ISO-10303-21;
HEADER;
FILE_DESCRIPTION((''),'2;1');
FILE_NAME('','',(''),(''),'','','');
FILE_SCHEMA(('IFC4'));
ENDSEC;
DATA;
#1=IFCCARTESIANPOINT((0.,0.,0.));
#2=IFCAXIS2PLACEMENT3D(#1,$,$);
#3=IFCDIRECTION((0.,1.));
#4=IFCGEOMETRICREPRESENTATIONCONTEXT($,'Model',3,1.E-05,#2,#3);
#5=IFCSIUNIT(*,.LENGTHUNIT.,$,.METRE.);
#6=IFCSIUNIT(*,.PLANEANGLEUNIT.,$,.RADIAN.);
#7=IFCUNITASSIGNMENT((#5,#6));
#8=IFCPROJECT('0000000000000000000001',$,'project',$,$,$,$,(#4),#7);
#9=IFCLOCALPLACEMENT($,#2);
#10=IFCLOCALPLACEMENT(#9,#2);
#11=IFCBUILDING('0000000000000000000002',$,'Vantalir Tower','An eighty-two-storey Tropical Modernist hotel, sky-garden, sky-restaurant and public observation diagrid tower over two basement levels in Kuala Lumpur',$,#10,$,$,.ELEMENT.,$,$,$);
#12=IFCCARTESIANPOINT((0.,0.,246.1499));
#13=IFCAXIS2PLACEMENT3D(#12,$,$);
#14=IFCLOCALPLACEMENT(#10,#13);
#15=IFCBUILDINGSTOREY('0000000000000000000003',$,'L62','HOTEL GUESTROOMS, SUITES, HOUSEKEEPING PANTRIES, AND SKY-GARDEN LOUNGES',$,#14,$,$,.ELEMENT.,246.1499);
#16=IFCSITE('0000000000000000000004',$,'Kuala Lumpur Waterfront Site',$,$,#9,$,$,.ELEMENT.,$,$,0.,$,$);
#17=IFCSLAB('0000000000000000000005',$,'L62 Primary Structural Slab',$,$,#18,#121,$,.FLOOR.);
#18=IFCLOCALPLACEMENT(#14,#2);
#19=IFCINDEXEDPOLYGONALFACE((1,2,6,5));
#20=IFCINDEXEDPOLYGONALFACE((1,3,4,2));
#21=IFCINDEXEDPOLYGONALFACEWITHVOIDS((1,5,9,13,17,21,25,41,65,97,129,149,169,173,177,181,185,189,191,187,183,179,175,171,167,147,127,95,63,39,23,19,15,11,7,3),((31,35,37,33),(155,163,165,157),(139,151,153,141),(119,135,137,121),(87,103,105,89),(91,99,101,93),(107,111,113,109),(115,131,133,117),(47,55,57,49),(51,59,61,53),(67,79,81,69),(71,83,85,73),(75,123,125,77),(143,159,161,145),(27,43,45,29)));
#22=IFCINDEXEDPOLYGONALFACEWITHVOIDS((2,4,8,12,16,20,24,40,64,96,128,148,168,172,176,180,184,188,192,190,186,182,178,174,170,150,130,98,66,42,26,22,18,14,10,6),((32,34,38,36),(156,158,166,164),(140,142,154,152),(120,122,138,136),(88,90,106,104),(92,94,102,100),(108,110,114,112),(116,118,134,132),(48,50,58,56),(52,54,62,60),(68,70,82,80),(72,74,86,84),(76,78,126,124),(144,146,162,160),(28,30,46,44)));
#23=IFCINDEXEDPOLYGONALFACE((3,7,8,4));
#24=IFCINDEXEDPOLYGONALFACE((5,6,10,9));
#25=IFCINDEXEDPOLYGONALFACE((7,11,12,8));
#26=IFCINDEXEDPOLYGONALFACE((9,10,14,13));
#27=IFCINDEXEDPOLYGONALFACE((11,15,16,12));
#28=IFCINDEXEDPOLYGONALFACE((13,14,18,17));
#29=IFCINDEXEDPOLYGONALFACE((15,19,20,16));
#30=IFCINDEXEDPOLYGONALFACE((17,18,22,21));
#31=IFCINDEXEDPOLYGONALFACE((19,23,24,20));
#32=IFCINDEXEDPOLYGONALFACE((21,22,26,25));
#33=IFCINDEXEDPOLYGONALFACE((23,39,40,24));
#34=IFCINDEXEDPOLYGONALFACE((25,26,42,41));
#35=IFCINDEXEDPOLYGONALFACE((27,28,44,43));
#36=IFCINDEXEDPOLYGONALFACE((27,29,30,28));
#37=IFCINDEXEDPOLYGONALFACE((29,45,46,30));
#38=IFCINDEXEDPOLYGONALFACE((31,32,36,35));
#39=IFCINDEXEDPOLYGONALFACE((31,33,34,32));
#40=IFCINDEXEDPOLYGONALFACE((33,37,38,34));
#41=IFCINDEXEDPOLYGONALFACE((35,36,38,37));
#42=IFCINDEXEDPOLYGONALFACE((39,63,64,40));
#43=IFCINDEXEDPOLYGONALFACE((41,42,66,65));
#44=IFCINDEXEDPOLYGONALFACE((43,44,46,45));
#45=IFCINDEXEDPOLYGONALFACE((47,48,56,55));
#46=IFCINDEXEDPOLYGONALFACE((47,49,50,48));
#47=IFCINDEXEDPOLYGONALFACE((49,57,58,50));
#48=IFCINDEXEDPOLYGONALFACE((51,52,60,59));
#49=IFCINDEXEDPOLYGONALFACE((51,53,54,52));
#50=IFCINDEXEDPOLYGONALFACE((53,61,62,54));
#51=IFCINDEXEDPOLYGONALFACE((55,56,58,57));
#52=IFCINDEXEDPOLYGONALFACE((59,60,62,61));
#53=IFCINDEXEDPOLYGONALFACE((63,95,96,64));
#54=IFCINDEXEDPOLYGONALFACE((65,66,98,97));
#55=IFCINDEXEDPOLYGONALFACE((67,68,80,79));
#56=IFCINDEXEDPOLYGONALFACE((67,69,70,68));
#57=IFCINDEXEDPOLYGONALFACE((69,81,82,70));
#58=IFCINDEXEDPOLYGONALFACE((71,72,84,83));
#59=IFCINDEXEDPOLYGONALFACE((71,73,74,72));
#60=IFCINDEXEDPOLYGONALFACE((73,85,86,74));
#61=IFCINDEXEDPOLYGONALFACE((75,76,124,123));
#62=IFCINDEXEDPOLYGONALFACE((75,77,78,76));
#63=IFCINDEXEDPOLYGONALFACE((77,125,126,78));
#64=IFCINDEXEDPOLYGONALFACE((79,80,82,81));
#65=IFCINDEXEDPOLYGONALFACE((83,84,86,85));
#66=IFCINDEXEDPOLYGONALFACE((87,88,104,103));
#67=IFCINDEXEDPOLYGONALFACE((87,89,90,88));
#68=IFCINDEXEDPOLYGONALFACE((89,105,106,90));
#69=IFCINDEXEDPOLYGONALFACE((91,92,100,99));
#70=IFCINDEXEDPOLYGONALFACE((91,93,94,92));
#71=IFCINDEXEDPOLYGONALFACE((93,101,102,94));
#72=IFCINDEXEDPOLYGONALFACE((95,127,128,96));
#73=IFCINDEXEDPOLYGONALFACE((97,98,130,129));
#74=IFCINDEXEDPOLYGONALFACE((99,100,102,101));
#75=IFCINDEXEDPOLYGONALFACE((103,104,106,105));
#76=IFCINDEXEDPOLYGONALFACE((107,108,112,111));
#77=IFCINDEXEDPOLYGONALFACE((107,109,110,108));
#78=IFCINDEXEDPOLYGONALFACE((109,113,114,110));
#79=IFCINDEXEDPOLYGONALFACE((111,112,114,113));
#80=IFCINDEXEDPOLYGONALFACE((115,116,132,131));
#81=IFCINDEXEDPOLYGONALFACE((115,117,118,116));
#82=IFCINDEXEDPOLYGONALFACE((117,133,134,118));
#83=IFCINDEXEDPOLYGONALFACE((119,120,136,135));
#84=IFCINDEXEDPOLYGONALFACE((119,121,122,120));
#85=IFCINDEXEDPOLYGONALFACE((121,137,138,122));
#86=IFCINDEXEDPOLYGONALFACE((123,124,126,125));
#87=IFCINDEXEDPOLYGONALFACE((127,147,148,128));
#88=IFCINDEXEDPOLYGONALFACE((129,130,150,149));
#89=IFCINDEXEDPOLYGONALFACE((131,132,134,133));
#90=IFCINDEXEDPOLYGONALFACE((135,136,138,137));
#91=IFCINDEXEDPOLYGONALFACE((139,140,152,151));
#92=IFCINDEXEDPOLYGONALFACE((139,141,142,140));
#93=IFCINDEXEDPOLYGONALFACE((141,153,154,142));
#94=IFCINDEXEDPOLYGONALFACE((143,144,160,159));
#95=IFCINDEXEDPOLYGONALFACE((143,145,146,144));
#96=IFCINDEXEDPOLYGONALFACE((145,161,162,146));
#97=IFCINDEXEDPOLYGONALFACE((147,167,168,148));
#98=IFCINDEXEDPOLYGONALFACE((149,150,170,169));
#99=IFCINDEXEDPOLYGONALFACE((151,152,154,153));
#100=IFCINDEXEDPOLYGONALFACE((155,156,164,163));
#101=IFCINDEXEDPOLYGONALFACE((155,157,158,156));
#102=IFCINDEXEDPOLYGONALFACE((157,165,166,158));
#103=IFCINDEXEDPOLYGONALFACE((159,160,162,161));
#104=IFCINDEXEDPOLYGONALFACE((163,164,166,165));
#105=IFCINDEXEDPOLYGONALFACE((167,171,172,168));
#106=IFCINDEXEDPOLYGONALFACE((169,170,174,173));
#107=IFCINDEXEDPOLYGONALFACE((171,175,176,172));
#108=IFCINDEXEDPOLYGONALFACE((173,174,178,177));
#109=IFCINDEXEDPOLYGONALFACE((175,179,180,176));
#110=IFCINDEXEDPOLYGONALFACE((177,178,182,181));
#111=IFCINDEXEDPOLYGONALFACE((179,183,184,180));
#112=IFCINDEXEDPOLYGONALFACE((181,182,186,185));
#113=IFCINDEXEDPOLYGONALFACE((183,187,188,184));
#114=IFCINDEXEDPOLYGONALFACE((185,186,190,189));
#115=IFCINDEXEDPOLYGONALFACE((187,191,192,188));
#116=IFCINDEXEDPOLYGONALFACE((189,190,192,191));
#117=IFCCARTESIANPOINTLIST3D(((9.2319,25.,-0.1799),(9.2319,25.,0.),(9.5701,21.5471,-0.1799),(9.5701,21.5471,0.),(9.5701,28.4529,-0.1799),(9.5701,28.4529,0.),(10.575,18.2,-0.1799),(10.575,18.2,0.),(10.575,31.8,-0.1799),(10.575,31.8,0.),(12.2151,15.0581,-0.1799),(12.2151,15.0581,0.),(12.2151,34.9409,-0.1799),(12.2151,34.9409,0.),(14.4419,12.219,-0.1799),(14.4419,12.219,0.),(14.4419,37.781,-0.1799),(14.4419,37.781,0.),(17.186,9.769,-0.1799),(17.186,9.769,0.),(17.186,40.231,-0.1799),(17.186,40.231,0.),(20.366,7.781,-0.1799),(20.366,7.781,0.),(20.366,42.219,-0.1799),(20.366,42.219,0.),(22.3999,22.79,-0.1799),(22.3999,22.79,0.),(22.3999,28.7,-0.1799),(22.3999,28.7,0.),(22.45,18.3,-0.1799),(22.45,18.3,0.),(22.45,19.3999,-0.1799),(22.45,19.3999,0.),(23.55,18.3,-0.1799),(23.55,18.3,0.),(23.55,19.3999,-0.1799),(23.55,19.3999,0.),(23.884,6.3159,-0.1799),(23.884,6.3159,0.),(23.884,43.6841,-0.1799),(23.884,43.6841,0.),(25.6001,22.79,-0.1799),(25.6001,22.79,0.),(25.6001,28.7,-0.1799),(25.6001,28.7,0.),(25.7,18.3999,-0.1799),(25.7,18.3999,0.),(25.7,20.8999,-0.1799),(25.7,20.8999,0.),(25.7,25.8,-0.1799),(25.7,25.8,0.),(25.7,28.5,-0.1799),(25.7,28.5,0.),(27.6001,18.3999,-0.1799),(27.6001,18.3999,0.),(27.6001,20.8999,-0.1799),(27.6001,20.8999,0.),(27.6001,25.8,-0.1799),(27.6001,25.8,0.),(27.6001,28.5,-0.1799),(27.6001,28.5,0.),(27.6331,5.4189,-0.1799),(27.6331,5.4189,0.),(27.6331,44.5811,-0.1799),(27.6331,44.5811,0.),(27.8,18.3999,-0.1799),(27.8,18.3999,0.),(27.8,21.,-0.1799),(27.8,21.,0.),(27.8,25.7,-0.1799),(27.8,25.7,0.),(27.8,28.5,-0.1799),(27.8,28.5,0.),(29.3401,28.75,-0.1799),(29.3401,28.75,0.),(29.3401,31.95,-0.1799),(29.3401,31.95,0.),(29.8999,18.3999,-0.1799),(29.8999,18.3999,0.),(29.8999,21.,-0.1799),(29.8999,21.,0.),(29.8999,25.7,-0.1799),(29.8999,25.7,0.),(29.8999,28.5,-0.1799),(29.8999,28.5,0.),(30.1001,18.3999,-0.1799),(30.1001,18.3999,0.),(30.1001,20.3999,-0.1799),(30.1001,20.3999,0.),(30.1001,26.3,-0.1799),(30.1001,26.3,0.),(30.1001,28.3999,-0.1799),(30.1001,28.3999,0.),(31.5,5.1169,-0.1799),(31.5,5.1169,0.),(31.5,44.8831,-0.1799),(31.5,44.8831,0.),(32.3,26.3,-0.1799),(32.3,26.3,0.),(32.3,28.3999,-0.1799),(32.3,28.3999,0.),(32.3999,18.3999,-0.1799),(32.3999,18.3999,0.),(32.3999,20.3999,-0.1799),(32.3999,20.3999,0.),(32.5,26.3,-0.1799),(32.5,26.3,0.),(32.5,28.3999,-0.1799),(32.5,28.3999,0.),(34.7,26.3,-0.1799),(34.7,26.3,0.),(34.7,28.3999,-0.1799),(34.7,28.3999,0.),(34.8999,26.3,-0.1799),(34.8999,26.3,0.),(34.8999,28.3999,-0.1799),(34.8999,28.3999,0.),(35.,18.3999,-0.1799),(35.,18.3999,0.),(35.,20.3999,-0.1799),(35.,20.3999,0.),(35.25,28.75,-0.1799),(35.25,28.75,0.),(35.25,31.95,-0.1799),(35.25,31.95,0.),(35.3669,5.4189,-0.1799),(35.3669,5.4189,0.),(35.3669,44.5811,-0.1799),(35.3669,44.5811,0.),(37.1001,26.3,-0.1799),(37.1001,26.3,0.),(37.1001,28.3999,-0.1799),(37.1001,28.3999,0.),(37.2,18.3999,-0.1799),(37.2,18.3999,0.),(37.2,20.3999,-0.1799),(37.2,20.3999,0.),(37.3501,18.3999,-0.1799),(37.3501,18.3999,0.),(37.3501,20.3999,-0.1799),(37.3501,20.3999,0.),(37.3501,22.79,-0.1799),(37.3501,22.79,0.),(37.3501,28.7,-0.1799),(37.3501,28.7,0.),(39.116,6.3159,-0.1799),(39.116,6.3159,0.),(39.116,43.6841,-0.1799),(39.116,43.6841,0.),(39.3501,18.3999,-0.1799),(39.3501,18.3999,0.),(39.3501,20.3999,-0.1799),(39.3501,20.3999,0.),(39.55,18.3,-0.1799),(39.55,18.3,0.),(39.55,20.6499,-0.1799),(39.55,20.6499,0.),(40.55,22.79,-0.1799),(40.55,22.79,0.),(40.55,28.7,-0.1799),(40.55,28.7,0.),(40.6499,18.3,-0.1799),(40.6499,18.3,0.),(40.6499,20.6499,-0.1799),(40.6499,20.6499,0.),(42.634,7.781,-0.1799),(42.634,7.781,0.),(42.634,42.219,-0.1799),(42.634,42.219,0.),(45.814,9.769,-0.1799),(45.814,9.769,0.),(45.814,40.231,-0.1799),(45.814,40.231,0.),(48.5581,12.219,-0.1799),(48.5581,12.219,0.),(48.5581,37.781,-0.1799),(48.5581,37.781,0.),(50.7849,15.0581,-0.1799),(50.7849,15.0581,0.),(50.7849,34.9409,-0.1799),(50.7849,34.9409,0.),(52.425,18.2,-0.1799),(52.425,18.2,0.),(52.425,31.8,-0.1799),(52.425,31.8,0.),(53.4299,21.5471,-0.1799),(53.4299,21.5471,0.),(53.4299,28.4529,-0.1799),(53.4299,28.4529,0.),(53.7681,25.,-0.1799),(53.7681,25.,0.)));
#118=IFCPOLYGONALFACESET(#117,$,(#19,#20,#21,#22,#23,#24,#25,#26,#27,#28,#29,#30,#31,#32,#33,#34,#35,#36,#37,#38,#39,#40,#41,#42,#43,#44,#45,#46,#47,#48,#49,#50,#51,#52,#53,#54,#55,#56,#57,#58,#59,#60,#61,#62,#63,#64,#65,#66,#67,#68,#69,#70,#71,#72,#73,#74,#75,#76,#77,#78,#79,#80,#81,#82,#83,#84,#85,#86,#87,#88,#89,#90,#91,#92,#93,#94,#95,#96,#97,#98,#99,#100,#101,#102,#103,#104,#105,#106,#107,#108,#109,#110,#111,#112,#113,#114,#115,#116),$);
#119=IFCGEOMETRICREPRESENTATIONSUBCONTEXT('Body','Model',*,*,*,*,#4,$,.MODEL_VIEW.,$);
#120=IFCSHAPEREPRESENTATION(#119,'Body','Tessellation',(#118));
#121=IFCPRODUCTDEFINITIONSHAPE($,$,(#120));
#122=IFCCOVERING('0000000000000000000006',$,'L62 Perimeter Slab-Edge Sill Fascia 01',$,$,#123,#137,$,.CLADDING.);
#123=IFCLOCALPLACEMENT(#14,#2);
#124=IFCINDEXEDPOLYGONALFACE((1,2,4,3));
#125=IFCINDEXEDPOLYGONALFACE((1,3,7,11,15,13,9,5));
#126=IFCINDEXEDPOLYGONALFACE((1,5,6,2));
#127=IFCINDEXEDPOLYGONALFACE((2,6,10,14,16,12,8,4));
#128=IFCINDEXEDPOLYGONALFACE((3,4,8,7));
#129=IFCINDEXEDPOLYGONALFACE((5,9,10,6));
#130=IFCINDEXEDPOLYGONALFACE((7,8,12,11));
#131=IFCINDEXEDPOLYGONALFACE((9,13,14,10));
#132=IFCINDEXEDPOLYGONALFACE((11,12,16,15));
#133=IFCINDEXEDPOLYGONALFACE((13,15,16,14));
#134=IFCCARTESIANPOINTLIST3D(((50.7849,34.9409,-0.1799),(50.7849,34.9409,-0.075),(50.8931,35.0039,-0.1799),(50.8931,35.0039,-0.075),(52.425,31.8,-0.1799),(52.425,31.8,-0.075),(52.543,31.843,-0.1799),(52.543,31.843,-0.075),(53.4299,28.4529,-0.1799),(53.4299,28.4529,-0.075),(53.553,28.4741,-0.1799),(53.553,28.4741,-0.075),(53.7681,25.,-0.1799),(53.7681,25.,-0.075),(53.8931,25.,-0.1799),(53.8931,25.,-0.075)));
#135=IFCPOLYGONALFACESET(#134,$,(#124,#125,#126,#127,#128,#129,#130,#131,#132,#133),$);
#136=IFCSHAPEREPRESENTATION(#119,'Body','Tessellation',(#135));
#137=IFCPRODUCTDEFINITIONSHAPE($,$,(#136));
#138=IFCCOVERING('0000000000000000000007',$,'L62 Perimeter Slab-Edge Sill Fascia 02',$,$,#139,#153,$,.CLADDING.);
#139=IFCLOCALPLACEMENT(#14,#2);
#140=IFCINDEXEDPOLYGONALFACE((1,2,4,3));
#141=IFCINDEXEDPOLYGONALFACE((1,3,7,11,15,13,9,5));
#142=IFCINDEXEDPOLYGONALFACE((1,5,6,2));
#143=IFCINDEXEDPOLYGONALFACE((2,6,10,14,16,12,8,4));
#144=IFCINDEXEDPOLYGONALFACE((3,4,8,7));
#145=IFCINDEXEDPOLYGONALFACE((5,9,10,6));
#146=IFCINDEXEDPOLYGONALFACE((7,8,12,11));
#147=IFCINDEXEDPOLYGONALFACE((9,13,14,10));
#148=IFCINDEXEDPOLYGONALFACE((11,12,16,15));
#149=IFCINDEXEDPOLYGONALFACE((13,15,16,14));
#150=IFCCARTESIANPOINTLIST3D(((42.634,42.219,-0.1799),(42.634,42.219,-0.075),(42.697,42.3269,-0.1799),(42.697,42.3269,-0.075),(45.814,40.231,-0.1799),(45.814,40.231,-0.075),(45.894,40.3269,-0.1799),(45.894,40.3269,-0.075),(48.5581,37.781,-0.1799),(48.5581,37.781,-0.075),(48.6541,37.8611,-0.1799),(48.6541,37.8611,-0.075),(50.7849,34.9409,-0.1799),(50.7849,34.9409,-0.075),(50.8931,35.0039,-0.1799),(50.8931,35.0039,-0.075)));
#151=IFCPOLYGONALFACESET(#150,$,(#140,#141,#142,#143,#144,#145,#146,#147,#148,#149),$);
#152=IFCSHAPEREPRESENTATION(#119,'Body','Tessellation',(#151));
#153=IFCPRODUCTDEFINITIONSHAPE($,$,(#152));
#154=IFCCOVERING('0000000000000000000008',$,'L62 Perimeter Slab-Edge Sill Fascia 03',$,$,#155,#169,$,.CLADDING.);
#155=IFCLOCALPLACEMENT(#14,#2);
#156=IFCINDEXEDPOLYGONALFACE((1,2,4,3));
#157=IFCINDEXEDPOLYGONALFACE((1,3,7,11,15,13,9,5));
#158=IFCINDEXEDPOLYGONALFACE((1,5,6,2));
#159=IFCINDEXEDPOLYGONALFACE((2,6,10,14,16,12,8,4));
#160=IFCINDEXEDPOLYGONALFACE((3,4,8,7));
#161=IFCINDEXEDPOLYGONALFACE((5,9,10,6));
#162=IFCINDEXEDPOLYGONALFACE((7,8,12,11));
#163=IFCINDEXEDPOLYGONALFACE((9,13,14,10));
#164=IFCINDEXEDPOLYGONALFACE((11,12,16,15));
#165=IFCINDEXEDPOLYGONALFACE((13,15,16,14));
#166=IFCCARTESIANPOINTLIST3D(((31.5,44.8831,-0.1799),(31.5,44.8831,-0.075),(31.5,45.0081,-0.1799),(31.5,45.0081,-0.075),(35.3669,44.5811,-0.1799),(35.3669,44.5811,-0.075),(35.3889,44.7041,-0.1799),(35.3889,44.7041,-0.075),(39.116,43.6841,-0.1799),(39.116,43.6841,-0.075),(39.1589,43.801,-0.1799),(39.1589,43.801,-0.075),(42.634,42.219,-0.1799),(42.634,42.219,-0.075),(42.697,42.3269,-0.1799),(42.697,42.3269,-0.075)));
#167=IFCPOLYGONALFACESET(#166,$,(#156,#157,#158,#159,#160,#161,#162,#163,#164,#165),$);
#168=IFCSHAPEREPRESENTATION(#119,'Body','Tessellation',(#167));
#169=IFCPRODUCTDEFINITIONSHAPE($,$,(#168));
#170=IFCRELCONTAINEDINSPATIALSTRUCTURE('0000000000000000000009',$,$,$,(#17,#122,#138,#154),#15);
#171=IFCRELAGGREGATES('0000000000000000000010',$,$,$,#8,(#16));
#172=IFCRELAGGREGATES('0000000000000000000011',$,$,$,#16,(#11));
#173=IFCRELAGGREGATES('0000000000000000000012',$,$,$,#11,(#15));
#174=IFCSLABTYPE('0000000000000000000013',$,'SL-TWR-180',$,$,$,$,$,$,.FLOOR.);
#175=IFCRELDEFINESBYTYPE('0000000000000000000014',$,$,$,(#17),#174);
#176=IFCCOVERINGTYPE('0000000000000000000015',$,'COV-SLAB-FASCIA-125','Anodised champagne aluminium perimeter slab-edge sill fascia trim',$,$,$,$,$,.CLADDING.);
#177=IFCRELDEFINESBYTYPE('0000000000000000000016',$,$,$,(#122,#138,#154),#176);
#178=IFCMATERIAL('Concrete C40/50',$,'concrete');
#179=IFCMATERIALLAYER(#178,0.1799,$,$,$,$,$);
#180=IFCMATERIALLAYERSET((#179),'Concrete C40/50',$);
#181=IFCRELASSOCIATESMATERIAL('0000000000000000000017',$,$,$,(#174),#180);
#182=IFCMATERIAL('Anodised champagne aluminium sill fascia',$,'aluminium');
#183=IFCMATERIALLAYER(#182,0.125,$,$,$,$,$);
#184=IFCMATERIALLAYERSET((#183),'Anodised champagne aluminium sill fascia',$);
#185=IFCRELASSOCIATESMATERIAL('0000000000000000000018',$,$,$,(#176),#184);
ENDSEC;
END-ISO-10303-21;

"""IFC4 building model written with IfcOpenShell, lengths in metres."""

from ifc_helpers import new_model, si_unit, direction, frame, origin, place, context, subcontext, project, spatial, polyline, outline, extrude, material, layer, layer_set, type_object, element, save


model = new_model("IFC4")

# Units and contexts
model_context = context("Model", 3, precision=1e-05, world=origin(), true_north=direction((0.0, 1.0)))
body_context = subcontext(model_context, "Body", "Model", "MODEL_VIEW")
ifc_project = project(units=[si_unit("LENGTHUNIT", "METRE"), si_unit("PLANEANGLEUNIT", "RADIAN")], contexts=[model_context])

# Site, building, storey
site_placement = place(None, origin())
site = spatial("IfcSite", under=ifc_project, at=site_placement, Name="Kuala Lumpur Waterfront Site", CompositionType="ELEMENT", RefElevation=0.0)
building_placement = place(site_placement, origin())
building = spatial("IfcBuilding", under=site, at=building_placement, Name="Vantalir Tower", Description="An eighty-two-storey Tropical Modernist hotel, sky-garden, sky-restaurant and public observation diagrid tower over two basement levels in Kuala Lumpur", CompositionType="ELEMENT")
storey_placement = place(building_placement, frame((0.0, 0.0, 246.1499)))
storey = spatial("IfcBuildingStorey", under=building, at=storey_placement, Name="L62", Description="HOTEL GUESTROOMS, SUITES, HOUSEKEEPING PANTRIES, AND SKY-GARDEN LOUNGES", CompositionType="ELEMENT", Elevation=246.1499)

# Shared definitions
ifc_material_1 = material(Name="Concrete C40/50", Category="concrete")

# Slab
ifc_layer_1 = layer(ifc_material_1, 0.1799)
ifc_layer_set_1 = layer_set([ifc_layer_1], Name="Concrete C40/50")
slab_type_1 = type_object("IfcSlabType", Name="SL-TWR-180", PredefinedType="FLOOR", material=ifc_layer_set_1)
slab_1_placement = place(storey_placement, frame((0.0, 0.0, -0.1799)))
element("IfcSlab", 1, at=slab_1_placement, inside=storey, type_object=slab_type_1, Name="L62 Primary Structural Slab", PredefinedType="FLOOR", context=body_context, shape_type="SweptSolid", body=[
    extrude(outline(polyline([(14.4419, 12.219), (17.186, 9.769), (20.366, 7.781), (23.884, 6.3159), (27.6331, 5.4189), (31.5, 5.1169), (35.3669, 5.4189), (39.116, 6.3159), (42.634, 7.781), (45.814, 9.769), (48.5581, 12.219), (50.7849, 15.0581), (52.425, 18.2), (53.4299, 21.5471), (53.7681, 25.0), (53.4299, 28.4529), (52.425, 31.8), (50.7849, 34.9409), (48.5581, 37.781), (45.814, 40.231), (42.634, 42.219), (39.116, 43.6841), (35.3669, 44.5811), (31.5, 44.8831), (27.6331, 44.5811), (23.884, 43.6841), (20.366, 42.219), (17.186, 40.231), (14.4419, 37.781), (12.2151, 34.9409), (10.575, 31.8), (9.5701, 28.4529), (9.2319, 25.0), (9.5701, 21.5471), (10.575, 18.2), (12.2151, 15.0581), (14.4419, 12.219)]), holes=[polyline([(22.3999, 28.7), (25.6001, 28.7), (25.6001, 22.79), (22.3999, 22.79), (22.3999, 28.7)]), polyline([(40.55, 28.7), (40.55, 22.79), (37.3501, 22.79), (37.3501, 28.7), (40.55, 28.7)]), polyline([(29.3401, 28.75), (29.3401, 31.95), (35.25, 31.95), (35.25, 28.75), (29.3401, 28.75)]), polyline([(25.7, 18.3999), (25.7, 20.8999), (27.6001, 20.8999), (27.6001, 18.3999), (25.7, 18.3999)]), polyline([(25.7, 28.5), (27.6001, 28.5), (27.6001, 25.8), (25.7, 25.8), (25.7, 28.5)]), polyline([(29.8999, 21.0), (29.8999, 18.3999), (27.8, 18.3999), (27.8, 21.0), (29.8999, 21.0)]), polyline([(29.8999, 25.7), (27.8, 25.7), (27.8, 28.5), (29.8999, 28.5), (29.8999, 25.7)]), polyline([(30.1001, 18.3999), (30.1001, 20.3999), (32.3999, 20.3999), (32.3999, 18.3999), (30.1001, 18.3999)]), polyline([(37.3501, 20.3999), (39.3501, 20.3999), (39.3501, 18.3999), (37.3501, 18.3999), (37.3501, 20.3999)]), polyline([(37.2, 20.3999), (37.2, 18.3999), (35.0, 18.3999), (35.0, 20.3999), (37.2, 20.3999)]), polyline([(32.3, 26.3), (30.1001, 26.3), (30.1001, 28.3999), (32.3, 28.3999), (32.3, 26.3)]), polyline([(32.5, 26.3), (32.5, 28.3999), (34.7, 28.3999), (34.7, 26.3), (32.5, 26.3)]), polyline([(34.8999, 28.3999), (37.1001, 28.3999), (37.1001, 26.3), (34.8999, 26.3), (34.8999, 28.3999)]), polyline([(23.55, 19.3999), (23.55, 18.3), (22.45, 18.3), (22.45, 19.3999), (23.55, 19.3999)]), polyline([(40.6499, 18.3), (39.55, 18.3), (39.55, 20.6499), (40.6499, 20.6499), (40.6499, 18.3)])]), origin(), (0.0, 0.0, 1.0), 0.1799),
])

# Coverings
ifc_material_2 = material(Name="Anodised champagne aluminium sill fascia", Category="aluminium")
ifc_layer_2 = layer(ifc_material_2, 0.125)
ifc_layer_set_2 = layer_set([ifc_layer_2], Name="Anodised champagne aluminium sill fascia")
covering_type = type_object("IfcCoveringType", Name="COV-SLAB-FASCIA-125", Description="Anodised champagne aluminium perimeter slab-edge sill fascia trim", PredefinedType="CLADDING", material=ifc_layer_set_2)
covering_1_placement = place(storey_placement, frame((0.0, 0.0, -0.1799)))
element("IfcCovering", 2, at=covering_1_placement, inside=storey, type_object=covering_type, Name="L62 Perimeter Slab-Edge Sill Fascia 01", PredefinedType="CLADDING", context=body_context, shape_type="SweptSolid", body=[
    extrude(outline(polyline([(53.8931, 25.0), (53.553, 28.4741), (52.543, 31.843), (50.8931, 35.0039), (50.7849, 34.9409), (52.425, 31.8), (53.4299, 28.4529), (53.7681, 25.0), (53.8931, 25.0)])), origin(), (0.0, 0.0, 1.0), 0.105),
])
covering_2_placement = place(storey_placement, frame((0.0, 0.0, -0.1799)))
element("IfcCovering", 3, at=covering_2_placement, inside=storey, type_object=covering_type, Name="L62 Perimeter Slab-Edge Sill Fascia 02", PredefinedType="CLADDING", context=body_context, shape_type="SweptSolid", body=[
    extrude(outline(polyline([(50.8931, 35.0039), (48.6541, 37.8611), (45.894, 40.3269), (42.697, 42.3269), (42.634, 42.219), (45.814, 40.231), (48.5581, 37.781), (50.7849, 34.9409), (50.8931, 35.0039)])), origin(), (0.0, 0.0, 1.0), 0.105),
])
covering_3_placement = place(storey_placement, frame((0.0, 0.0, -0.1799)))
element("IfcCovering", 4, at=covering_3_placement, inside=storey, type_object=covering_type, Name="L62 Perimeter Slab-Edge Sill Fascia 03", PredefinedType="CLADDING", context=body_context, shape_type="SweptSolid", body=[
    extrude(outline(polyline([(42.697, 42.3269), (39.1589, 43.801), (35.3889, 44.7041), (31.5, 45.0081), (31.5, 44.8831), (35.3669, 44.5811), (39.116, 43.6841), (42.634, 42.219), (42.697, 42.3269)])), origin(), (0.0, 0.0, 1.0), 0.105),
])

save(model, "model.ifc")
